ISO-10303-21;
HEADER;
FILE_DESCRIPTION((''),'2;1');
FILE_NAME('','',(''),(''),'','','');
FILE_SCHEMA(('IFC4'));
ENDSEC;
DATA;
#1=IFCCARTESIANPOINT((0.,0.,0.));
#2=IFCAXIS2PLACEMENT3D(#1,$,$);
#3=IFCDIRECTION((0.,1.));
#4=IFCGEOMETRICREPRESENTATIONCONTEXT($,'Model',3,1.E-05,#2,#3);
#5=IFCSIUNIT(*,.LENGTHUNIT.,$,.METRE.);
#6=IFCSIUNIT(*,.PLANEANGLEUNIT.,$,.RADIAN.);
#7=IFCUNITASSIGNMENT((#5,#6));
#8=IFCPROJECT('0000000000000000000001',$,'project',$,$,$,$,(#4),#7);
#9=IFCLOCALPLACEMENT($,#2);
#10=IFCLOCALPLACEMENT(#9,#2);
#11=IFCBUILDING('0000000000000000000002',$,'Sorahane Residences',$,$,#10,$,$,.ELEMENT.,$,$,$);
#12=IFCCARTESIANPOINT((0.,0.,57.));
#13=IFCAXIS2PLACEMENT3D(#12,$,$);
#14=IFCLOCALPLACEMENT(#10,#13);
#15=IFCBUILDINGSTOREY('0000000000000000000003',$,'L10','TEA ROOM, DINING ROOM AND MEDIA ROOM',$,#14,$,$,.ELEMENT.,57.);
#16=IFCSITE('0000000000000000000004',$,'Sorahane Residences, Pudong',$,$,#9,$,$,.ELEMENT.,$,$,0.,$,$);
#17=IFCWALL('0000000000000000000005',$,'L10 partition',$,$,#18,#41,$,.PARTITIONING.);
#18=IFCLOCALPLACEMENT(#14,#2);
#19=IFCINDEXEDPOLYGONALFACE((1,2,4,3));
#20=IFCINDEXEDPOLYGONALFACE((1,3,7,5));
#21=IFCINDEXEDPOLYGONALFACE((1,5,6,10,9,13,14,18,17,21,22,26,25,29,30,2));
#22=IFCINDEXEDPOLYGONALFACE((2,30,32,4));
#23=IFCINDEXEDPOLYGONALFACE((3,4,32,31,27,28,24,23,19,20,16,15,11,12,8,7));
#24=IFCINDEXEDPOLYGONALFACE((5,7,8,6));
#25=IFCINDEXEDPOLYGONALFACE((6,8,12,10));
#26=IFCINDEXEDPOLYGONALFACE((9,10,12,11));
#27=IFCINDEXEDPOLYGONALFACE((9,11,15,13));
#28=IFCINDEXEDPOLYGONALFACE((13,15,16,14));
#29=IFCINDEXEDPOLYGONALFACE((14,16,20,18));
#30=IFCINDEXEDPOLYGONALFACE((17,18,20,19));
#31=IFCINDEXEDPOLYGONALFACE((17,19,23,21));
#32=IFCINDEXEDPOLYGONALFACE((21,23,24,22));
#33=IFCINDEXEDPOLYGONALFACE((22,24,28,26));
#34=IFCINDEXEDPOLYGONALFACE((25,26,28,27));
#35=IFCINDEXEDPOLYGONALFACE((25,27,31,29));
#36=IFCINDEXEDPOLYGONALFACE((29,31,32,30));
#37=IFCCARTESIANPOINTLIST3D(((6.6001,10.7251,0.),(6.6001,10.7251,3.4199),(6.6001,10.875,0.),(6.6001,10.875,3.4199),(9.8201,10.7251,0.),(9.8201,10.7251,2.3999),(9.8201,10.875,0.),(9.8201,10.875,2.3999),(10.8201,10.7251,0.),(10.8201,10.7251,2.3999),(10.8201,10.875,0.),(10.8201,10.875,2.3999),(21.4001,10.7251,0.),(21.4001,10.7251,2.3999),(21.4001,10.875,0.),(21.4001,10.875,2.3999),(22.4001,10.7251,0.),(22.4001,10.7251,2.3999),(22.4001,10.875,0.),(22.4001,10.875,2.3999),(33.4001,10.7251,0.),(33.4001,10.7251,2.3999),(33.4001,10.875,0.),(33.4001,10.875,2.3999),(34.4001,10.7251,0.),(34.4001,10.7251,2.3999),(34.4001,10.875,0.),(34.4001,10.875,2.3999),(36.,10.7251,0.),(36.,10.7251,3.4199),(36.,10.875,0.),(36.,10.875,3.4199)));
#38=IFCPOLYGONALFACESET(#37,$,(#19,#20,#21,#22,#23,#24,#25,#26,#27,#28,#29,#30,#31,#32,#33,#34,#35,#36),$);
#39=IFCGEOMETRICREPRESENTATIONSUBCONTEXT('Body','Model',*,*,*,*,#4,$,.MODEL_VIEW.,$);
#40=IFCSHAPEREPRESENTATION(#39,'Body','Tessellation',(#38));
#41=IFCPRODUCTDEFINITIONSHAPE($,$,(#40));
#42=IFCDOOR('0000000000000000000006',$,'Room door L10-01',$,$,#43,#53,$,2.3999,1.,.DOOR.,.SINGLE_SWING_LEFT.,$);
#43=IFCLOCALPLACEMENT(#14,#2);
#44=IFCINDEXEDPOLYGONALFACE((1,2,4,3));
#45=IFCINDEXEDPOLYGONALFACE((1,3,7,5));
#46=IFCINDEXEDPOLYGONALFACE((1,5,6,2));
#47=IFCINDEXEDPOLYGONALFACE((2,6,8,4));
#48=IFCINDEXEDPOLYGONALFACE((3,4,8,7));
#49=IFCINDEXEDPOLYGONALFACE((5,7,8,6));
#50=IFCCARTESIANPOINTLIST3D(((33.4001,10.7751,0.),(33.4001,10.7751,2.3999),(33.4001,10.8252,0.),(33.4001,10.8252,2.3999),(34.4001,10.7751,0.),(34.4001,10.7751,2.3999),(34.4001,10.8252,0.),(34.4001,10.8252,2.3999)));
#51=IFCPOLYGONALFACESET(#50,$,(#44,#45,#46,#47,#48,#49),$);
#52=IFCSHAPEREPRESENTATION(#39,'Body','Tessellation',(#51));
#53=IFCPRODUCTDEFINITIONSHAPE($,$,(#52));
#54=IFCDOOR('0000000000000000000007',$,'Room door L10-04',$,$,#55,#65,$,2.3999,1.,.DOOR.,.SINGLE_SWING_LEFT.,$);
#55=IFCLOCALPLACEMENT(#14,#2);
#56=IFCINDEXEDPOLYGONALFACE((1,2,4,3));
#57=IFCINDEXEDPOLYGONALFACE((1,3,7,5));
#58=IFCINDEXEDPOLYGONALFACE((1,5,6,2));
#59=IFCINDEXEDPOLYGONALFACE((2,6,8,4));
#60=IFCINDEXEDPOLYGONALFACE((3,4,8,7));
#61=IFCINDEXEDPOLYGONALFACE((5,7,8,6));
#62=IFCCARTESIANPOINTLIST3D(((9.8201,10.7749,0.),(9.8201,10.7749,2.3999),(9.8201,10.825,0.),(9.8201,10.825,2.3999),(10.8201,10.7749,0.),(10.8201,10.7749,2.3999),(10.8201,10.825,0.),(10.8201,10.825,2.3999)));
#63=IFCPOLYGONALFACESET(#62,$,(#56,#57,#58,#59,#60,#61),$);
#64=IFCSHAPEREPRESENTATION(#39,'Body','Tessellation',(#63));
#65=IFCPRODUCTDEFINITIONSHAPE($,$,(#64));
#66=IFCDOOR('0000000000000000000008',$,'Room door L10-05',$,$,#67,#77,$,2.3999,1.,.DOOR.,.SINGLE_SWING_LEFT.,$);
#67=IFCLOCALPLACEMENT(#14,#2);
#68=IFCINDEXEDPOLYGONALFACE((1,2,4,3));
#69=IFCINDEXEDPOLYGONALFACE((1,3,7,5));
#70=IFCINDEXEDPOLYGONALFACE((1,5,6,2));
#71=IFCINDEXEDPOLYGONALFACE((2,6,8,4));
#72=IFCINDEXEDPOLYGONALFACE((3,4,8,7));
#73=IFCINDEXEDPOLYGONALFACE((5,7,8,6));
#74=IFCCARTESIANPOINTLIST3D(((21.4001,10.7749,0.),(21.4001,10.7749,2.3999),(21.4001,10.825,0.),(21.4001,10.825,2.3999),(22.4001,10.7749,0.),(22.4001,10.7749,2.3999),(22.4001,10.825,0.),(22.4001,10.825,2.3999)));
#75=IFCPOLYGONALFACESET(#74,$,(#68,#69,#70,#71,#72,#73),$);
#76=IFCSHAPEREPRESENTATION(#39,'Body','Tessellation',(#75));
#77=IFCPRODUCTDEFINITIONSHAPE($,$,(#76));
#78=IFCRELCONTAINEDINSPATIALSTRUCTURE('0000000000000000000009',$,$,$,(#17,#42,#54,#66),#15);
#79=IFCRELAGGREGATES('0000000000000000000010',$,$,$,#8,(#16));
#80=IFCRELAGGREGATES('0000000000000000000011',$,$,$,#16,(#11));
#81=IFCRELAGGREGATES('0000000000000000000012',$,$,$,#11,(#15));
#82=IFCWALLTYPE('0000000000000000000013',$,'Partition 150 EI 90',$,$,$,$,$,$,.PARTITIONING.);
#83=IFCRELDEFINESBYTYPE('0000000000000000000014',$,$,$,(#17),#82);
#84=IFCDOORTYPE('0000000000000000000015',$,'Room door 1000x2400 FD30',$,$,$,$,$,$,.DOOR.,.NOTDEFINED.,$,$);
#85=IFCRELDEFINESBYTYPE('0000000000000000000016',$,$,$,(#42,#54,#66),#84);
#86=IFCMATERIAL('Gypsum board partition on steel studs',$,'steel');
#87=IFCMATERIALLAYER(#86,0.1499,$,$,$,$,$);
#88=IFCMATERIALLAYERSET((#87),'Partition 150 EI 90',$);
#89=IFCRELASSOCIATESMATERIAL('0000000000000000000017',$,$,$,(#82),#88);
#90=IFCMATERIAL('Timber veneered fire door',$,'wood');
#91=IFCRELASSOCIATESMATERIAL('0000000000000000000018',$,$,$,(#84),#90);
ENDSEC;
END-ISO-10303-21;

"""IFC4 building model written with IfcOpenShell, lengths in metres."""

from ifc_helpers import new_model, si_unit, direction, frame, frame_2d, origin, place, context, subcontext, project, spatial, rectangle, extrude, material, layer, layer_set, type_object, element, fill, save


model = new_model("IFC4")

# Units and contexts
model_context = context("Model", 3, precision=1e-05, world=origin(), true_north=direction((0.0, 1.0)))
body_context = subcontext(model_context, "Body", "Model", "MODEL_VIEW")
ifc_project = project(units=[si_unit("LENGTHUNIT", "METRE"), si_unit("PLANEANGLEUNIT", "RADIAN")], contexts=[model_context])

# Site, building, storey
site_placement = place(None, origin())
site = spatial("IfcSite", under=ifc_project, at=site_placement, Name="Sorahane Residences, Pudong", CompositionType="ELEMENT", RefElevation=0.0)
building_placement = place(site_placement, origin())
building = spatial("IfcBuilding", under=site, at=building_placement, Name="Sorahane Residences", CompositionType="ELEMENT")
storey_placement = place(building_placement, frame((0.0, 0.0, 57.0)))
storey = spatial("IfcBuildingStorey", under=building, at=storey_placement, Name="L10", Description="TEA ROOM, DINING ROOM AND MEDIA ROOM", CompositionType="ELEMENT", Elevation=57.0)

# Wall, openings, doors
ifc_material_1 = material(Name="Gypsum board partition on steel studs", Category="steel")
ifc_layer_1 = layer(ifc_material_1, 0.1499)
ifc_layer_set_1 = layer_set([ifc_layer_1], Name="Partition 150 EI 90")
wall_type_1 = type_object("IfcWallType", Name="Partition 150 EI 90", PredefinedType="PARTITIONING", material=ifc_layer_set_1)
wall_1_placement = place(storey_placement, frame((6.6001, 10.8, 0.0), z_axis=(0.0, 0.0, 1.0), x_axis=(1.0, 0.0, 0.0)))
wall_1 = element("IfcWall", 1, at=wall_1_placement, inside=storey, type_object=wall_type_1, Name="L10 partition", PredefinedType="PARTITIONING", context=body_context, shape_type="SweptSolid", body=[
    extrude(rectangle(XDim=29.3999, YDim=0.1499, at=frame_2d((14.7, 0.0))), origin(), (0.0, 0.0, 1.0), 3.4199),
])
opening_1_placement = place(wall_1_placement, frame((26.8, 0.0, 0.0)))
opening_1 = element("IfcOpeningElement", 2, at=opening_1_placement, cuts=wall_1, PredefinedType="OPENING", context=body_context, shape_type="SweptSolid", body=[
    extrude(rectangle(XDim=1.0, YDim=2.3999, at=frame_2d((0.5, 1.2))), frame((0.0, 0.085, 0.0), z_axis=(0.0, -1.0, 0.0), x_axis=(1.0, 0.0, 0.0)), (0.0, 0.0, 1.0), 0.1699),
])
opening_2_placement = place(wall_1_placement, frame((3.22, 0.0, 0.0)))
opening_2 = element("IfcOpeningElement", 3, at=opening_2_placement, cuts=wall_1, PredefinedType="OPENING", context=body_context, shape_type="SweptSolid", body=[
    extrude(rectangle(XDim=1.0, YDim=2.3999, at=frame_2d((0.5, 1.2))), frame((0.0, 0.085, 0.0), z_axis=(0.0, -1.0, 0.0), x_axis=(1.0, 0.0, 0.0)), (0.0, 0.0, 1.0), 0.1699),
])
opening_3_placement = place(wall_1_placement, frame((14.8, 0.0, 0.0)))
opening_3 = element("IfcOpeningElement", 4, at=opening_3_placement, cuts=wall_1, PredefinedType="OPENING", context=body_context, shape_type="SweptSolid", body=[
    extrude(rectangle(XDim=1.0, YDim=2.3999, at=frame_2d((0.5, 1.2))), frame((0.0, 0.085, 0.0), z_axis=(0.0, -1.0, 0.0), x_axis=(1.0, 0.0, 0.0)), (0.0, 0.0, 1.0), 0.1699),
])
ifc_material_2 = material(Name="Timber veneered fire door", Category="wood")
door_type_1 = type_object("IfcDoorType", Name="Room door 1000x2400 FD30", OperationType="NOTDEFINED", PredefinedType="DOOR", material=ifc_material_2)
door_1_placement = place(opening_1_placement, frame((1.0, 0.0, 0.0), z_axis=(0.0, 0.0, 1.0), x_axis=(-1.0, 0.0, 0.0)))
door_1 = element("IfcDoor", 5, at=door_1_placement, inside=storey, type_object=door_type_1, Name="Room door L10-01", OperationType="SINGLE_SWING_LEFT", OverallHeight=2.3999, OverallWidth=1.0, PredefinedType="DOOR", context=body_context, shape_type="SweptSolid", body=[
    extrude(rectangle(XDim=1.0, YDim=2.3999, at=frame_2d((0.5, 1.2))), frame((0.0, 0.0249, 0.0), z_axis=(0.0, -1.0, 0.0), x_axis=(1.0, 0.0, 0.0)), (0.0, 0.0, 1.0), 0.05),
])
fill(opening_1, door_1)
door_2_placement = place(opening_2_placement, origin())
door_2 = element("IfcDoor", 6, at=door_2_placement, inside=storey, type_object=door_type_1, Name="Room door L10-04", OperationType="SINGLE_SWING_LEFT", OverallHeight=2.3999, OverallWidth=1.0, PredefinedType="DOOR", context=body_context, shape_type="SweptSolid", body=[
    extrude(rectangle(XDim=1.0, YDim=2.3999, at=frame_2d((0.5, 1.2))), frame((0.0, 0.0249, 0.0), z_axis=(0.0, -1.0, 0.0), x_axis=(1.0, 0.0, 0.0)), (0.0, 0.0, 1.0), 0.05),
])
fill(opening_2, door_2)
door_3_placement = place(opening_3_placement, origin())
door_3 = element("IfcDoor", 7, at=door_3_placement, inside=storey, type_object=door_type_1, Name="Room door L10-05", OperationType="SINGLE_SWING_LEFT", OverallHeight=2.3999, OverallWidth=1.0, PredefinedType="DOOR", context=body_context, shape_type="SweptSolid", body=[
    extrude(rectangle(XDim=1.0, YDim=2.3999, at=frame_2d((0.5, 1.2))), frame((0.0, 0.0249, 0.0), z_axis=(0.0, -1.0, 0.0), x_axis=(1.0, 0.0, 0.0)), (0.0, 0.0, 1.0), 0.05),
])
fill(opening_3, door_3)

save(model, "model.ifc")
